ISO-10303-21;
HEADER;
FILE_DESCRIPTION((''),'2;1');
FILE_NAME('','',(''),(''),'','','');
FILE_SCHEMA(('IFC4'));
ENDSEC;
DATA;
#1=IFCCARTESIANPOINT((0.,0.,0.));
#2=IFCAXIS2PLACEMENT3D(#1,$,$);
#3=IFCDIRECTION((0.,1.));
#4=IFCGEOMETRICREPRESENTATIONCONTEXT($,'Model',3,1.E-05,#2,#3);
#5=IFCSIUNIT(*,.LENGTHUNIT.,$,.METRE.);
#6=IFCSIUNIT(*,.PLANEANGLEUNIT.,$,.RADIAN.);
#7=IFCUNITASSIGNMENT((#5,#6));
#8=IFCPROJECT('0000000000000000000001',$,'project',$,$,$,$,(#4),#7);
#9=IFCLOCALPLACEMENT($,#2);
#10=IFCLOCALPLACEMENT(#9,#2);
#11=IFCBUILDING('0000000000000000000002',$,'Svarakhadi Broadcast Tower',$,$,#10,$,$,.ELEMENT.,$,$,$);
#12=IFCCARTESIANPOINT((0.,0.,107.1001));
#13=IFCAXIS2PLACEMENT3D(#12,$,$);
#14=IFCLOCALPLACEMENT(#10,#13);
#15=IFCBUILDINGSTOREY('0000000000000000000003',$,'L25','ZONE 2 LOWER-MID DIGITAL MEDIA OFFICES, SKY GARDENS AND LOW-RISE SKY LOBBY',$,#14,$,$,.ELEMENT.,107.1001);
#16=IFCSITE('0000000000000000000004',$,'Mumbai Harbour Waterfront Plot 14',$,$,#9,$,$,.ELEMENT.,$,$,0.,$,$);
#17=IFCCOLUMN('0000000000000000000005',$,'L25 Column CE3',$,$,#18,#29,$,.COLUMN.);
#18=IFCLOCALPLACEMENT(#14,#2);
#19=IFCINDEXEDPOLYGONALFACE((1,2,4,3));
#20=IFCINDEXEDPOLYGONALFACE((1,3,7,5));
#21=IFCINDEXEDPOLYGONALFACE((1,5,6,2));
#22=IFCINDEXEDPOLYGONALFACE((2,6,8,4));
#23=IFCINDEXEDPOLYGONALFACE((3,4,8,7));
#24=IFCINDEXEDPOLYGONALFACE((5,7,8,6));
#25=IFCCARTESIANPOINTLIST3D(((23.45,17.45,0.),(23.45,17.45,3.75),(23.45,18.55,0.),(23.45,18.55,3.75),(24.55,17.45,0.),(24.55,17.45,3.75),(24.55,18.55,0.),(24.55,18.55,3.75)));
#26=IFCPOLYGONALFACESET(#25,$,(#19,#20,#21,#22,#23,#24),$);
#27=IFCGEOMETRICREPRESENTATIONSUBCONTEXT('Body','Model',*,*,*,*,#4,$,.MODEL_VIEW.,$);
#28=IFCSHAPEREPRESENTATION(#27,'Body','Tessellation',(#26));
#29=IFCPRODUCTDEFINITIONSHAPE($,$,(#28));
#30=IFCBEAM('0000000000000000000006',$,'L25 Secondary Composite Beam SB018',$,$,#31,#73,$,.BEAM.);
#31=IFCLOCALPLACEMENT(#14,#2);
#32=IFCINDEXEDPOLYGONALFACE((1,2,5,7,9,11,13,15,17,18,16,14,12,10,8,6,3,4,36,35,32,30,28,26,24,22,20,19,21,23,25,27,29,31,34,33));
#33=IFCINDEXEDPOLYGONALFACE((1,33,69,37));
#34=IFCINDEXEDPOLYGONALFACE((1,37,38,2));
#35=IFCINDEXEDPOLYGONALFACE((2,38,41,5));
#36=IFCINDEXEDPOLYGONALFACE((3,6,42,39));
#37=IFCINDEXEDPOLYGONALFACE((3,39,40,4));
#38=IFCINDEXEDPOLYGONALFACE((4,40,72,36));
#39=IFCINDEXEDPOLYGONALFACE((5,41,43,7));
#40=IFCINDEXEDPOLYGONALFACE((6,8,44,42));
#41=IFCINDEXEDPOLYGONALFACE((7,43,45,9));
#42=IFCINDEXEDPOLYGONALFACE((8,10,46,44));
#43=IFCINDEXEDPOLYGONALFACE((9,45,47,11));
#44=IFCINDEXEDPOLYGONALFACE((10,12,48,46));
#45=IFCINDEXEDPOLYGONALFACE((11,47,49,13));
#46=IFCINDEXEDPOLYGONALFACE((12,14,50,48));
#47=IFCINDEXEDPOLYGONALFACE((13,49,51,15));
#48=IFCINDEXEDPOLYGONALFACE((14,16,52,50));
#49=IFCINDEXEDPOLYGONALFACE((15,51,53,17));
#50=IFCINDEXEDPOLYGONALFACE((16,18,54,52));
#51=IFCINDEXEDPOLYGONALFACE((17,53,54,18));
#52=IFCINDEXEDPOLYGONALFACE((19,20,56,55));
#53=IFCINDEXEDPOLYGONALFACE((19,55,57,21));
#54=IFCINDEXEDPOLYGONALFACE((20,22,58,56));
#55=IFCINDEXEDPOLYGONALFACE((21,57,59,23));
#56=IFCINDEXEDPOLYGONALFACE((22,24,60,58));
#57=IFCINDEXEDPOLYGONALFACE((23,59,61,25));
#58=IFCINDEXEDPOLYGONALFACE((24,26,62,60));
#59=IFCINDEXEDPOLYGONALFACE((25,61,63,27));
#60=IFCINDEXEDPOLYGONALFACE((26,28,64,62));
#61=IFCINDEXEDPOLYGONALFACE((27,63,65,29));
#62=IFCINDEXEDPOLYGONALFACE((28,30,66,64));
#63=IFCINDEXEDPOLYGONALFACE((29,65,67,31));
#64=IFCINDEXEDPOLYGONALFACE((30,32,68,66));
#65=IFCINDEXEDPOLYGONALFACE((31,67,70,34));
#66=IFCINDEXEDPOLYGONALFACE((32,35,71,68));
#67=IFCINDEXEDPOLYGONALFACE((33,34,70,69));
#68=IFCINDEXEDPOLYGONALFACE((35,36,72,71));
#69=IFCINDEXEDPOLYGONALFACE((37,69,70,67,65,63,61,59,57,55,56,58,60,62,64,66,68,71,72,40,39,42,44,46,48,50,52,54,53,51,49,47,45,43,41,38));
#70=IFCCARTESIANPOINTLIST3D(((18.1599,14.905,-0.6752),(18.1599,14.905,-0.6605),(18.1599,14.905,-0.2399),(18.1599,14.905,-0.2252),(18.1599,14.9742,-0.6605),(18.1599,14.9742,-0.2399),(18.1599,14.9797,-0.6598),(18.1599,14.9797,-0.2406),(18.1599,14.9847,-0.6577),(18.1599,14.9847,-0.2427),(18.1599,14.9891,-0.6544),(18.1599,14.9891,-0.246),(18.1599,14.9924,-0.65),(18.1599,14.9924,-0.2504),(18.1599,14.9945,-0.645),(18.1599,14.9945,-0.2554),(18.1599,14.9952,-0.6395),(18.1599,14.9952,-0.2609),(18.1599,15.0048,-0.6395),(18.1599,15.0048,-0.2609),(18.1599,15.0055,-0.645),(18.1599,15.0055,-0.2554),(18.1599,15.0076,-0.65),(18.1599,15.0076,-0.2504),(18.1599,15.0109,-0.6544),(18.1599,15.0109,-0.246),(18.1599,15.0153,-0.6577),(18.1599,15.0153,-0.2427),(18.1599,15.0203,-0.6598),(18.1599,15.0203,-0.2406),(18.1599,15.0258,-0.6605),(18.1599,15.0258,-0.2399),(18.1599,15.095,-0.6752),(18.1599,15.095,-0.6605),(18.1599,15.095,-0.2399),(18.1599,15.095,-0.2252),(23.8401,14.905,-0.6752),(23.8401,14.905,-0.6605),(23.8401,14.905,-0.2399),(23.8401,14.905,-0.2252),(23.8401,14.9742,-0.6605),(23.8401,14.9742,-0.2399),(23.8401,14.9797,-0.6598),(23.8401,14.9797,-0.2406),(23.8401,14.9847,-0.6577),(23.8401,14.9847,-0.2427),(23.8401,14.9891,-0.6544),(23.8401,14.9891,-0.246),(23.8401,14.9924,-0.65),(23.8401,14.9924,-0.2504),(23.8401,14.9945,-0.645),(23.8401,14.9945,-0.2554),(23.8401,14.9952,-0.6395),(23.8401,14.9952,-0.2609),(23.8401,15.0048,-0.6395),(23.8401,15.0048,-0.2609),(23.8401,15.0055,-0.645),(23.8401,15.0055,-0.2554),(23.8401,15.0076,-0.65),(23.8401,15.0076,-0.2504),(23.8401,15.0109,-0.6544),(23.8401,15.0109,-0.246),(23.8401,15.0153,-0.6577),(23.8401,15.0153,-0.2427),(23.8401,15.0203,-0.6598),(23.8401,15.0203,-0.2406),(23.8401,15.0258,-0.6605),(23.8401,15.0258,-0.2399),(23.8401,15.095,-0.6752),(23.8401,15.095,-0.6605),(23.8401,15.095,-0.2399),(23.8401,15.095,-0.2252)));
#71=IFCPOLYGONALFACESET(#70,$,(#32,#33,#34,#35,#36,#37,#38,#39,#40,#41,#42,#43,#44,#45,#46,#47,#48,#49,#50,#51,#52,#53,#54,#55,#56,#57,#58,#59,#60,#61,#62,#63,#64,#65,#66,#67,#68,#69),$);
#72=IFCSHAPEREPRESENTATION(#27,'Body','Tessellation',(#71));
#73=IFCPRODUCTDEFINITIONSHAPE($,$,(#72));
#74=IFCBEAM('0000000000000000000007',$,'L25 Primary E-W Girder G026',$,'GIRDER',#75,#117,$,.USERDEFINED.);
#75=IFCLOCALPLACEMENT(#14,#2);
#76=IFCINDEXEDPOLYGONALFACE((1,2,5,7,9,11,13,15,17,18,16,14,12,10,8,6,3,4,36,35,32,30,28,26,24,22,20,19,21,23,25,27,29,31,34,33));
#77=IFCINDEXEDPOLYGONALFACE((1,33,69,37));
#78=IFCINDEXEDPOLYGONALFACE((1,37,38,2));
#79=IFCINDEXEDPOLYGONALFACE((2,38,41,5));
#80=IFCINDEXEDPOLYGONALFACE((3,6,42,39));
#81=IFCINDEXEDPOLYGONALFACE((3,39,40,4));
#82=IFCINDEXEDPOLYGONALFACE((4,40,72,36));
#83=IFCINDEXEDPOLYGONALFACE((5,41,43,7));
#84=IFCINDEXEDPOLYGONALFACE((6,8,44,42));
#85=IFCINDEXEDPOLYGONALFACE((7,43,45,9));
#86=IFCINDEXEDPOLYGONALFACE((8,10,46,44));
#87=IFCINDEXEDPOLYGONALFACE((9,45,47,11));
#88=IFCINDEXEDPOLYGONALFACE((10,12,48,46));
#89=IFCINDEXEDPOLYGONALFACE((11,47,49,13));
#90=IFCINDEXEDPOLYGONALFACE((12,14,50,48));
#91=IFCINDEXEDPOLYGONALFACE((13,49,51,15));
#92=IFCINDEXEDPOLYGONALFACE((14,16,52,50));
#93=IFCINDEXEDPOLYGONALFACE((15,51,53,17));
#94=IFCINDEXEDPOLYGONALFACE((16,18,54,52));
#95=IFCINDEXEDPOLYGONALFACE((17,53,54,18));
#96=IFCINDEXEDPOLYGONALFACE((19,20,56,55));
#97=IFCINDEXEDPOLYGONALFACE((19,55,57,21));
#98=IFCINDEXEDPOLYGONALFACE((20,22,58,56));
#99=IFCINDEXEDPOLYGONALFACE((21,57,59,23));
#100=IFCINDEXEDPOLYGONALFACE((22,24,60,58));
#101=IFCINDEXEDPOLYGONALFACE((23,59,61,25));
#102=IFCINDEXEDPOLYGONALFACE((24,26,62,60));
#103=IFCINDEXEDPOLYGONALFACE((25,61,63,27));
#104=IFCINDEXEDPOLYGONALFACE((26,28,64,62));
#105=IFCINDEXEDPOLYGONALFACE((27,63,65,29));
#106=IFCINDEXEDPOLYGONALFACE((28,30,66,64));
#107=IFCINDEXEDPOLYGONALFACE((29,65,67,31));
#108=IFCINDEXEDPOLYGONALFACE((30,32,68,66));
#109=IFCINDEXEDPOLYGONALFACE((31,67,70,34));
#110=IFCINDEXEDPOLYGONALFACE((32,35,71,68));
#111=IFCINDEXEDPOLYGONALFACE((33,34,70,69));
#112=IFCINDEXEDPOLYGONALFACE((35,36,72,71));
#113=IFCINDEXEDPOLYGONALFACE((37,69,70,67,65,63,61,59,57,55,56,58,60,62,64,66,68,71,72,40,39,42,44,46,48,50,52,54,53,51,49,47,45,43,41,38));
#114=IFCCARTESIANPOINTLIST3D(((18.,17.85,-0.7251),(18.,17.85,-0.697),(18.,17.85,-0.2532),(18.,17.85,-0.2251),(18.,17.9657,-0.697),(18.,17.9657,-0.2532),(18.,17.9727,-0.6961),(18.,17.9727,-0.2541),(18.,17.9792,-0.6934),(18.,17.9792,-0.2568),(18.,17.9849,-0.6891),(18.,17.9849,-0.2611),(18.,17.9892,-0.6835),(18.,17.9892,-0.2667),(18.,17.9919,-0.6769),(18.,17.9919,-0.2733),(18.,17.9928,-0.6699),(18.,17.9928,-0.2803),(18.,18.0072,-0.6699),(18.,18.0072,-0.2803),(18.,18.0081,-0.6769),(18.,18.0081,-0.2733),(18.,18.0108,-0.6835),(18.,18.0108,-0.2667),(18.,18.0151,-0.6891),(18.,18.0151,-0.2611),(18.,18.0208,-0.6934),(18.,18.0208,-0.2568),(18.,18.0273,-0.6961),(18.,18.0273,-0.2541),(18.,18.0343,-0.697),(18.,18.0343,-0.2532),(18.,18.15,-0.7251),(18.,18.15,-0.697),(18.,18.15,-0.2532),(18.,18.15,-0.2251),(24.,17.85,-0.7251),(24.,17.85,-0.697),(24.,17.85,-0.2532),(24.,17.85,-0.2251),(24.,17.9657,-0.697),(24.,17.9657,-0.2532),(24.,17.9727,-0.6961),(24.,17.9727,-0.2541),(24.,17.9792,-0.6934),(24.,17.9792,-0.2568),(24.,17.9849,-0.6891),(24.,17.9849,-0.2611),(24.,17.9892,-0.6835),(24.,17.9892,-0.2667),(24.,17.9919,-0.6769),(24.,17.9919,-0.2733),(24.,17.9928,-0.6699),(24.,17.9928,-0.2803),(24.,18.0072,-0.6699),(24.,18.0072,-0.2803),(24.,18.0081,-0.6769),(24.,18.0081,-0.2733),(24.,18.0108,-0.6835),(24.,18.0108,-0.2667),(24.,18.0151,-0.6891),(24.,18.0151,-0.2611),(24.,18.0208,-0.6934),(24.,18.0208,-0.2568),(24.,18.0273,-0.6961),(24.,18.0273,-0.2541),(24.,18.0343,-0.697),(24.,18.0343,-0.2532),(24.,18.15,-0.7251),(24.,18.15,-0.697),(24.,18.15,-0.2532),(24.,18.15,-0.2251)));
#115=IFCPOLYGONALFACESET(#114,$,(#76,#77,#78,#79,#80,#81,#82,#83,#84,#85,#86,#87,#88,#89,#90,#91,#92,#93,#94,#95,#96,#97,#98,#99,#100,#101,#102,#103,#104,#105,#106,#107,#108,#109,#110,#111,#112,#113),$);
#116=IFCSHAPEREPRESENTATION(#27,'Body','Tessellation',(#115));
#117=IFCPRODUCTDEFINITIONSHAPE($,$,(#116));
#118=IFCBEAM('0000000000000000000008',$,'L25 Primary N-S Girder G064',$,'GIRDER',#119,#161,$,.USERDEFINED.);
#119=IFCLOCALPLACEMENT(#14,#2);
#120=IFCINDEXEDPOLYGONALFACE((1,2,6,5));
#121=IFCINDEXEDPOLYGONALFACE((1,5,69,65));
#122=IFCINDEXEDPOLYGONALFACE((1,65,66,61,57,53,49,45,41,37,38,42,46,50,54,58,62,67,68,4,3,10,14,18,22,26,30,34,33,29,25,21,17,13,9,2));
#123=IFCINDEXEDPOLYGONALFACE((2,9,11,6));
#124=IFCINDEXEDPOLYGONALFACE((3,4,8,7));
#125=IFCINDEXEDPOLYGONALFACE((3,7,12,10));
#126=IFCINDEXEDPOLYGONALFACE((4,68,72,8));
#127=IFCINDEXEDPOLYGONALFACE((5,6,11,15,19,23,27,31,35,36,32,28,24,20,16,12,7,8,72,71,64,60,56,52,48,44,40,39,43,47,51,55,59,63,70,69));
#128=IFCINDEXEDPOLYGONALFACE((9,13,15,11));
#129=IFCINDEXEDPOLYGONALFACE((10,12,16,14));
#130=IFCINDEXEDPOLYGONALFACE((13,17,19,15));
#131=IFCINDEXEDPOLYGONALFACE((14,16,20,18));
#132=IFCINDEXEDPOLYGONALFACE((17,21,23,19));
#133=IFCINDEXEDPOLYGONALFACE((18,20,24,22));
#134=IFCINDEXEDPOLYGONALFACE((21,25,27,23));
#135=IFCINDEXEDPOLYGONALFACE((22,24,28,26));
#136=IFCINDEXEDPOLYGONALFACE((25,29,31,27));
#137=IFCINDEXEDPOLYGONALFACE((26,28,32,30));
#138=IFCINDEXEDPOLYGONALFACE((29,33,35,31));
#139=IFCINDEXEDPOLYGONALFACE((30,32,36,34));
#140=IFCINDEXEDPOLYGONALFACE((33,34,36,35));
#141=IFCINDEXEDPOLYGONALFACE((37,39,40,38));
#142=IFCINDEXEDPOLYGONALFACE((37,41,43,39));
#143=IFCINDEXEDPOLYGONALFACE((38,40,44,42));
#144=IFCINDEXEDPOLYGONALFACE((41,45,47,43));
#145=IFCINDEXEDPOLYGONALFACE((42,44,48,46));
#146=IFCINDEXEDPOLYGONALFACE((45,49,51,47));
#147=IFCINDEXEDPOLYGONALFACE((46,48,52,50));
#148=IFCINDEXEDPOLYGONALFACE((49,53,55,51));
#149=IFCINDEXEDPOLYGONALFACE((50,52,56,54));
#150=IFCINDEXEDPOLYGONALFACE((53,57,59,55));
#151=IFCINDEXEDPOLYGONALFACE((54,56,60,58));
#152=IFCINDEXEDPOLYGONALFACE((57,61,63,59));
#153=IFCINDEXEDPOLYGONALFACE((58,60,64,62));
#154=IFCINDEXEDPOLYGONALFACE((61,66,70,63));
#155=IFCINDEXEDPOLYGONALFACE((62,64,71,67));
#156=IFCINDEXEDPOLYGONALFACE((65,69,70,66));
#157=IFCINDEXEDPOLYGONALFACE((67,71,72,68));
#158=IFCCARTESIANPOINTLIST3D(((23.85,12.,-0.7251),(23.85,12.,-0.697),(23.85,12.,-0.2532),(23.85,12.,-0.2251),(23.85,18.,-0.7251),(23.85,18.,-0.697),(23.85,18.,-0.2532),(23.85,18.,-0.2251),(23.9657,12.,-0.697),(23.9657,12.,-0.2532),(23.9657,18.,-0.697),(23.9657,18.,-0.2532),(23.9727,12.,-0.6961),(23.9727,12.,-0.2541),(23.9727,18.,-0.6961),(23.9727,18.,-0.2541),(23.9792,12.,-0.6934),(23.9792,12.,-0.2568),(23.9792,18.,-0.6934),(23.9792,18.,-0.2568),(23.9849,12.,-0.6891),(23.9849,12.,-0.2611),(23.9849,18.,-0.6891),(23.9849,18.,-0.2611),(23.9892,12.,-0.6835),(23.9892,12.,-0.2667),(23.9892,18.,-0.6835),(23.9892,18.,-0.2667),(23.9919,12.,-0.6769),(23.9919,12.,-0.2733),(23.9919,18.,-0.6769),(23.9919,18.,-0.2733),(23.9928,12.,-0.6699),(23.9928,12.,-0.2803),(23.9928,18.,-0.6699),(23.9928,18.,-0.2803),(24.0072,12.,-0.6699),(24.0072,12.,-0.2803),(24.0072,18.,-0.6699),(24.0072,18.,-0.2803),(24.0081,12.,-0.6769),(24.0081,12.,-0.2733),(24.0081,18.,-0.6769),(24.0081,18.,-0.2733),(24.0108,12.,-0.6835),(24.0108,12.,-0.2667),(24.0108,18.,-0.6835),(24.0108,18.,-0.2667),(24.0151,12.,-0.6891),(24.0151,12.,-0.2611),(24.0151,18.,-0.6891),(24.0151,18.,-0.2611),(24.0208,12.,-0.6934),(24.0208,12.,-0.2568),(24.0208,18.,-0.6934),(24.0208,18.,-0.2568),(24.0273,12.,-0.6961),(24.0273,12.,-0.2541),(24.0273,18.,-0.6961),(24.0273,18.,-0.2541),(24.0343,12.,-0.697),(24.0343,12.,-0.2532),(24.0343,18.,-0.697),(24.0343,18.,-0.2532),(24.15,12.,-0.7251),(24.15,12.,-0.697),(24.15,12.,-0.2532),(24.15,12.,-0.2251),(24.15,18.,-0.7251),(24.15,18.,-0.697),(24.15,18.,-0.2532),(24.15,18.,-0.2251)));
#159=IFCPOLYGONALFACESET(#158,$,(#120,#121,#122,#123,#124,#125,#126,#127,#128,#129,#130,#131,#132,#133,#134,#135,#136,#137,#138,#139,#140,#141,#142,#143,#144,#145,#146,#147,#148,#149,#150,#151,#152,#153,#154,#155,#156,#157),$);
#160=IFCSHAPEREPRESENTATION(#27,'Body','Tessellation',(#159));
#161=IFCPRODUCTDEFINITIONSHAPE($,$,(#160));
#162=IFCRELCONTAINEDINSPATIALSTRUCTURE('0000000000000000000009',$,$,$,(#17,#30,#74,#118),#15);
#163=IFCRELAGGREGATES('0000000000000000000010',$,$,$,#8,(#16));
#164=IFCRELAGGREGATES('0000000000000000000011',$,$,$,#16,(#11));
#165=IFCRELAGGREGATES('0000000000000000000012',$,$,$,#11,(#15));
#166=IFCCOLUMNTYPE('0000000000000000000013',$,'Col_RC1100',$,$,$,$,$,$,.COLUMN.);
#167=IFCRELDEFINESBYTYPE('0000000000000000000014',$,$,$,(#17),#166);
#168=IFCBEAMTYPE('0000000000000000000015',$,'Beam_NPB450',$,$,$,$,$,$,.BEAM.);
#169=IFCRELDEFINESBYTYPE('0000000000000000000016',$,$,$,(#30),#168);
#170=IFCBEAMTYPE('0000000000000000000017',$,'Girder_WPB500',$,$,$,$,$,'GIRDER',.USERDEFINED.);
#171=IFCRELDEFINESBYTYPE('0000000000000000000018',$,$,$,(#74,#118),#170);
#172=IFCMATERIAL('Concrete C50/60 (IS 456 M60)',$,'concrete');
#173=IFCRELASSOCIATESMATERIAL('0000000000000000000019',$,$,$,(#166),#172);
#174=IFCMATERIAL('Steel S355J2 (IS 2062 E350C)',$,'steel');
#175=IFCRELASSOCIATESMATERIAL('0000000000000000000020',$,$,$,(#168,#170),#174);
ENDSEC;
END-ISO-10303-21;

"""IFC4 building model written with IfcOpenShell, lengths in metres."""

from ifc_helpers import new_model, si_unit, direction, frame, origin, origin_2d, place, context, subcontext, project, spatial, rectangle, i_section, extrude, material, material_profile, profile_set, type_object, element, save


model = new_model("IFC4")

# Units and contexts
model_context = context("Model", 3, precision=1e-05, world=origin(), true_north=direction((0.0, 1.0)))
body_context = subcontext(model_context, "Body", "Model", "MODEL_VIEW")
ifc_project = project(units=[si_unit("LENGTHUNIT", "METRE"), si_unit("PLANEANGLEUNIT", "RADIAN")], contexts=[model_context])

# Site, building, storey
site_placement = place(None, origin())
site = spatial("IfcSite", under=ifc_project, at=site_placement, Name="Mumbai Harbour Waterfront Plot 14", CompositionType="ELEMENT", RefElevation=0.0)
building_placement = place(site_placement, origin())
building = spatial("IfcBuilding", under=site, at=building_placement, Name="Svarakhadi Broadcast Tower", CompositionType="ELEMENT")
storey_placement = place(building_placement, frame((0.0, 0.0, 107.1001)))
storey = spatial("IfcBuildingStorey", under=building, at=storey_placement, Name="L25", Description="ZONE 2 LOWER-MID DIGITAL MEDIA OFFICES, SKY GARDENS AND LOW-RISE SKY LOBBY", CompositionType="ELEMENT", Elevation=107.1001)

# Column
ifc_material_1 = material(Name="Concrete C50/60 (IS 456 M60)", Category="concrete")
ifc_material_profile_1 = material_profile(ifc_material_1, rectangle(XDim=1.1001, YDim=1.1001, at=origin_2d()), Name="RC 1100x1100")
ifc_profile_set_1 = profile_set([ifc_material_profile_1], Name="Concrete C50/60 (IS 456 M60)")
column_type = type_object("IfcColumnType", Name="Col_RC1100", PredefinedType="COLUMN", material=ifc_profile_set_1)
column_placement = place(storey_placement, frame((24.0, 18.0, 0.0), z_axis=(0.0, 0.0, 1.0), x_axis=(1.0, 0.0, 0.0)))
element("IfcColumn", 1, at=column_placement, inside=storey, type_object=column_type, Name="L25 Column CE3", PredefinedType="COLUMN", context=body_context, shape_type="SweptSolid", body=[
    extrude(rectangle(XDim=1.1001, YDim=1.1001, at=origin_2d()), origin(), (0.0, 0.0, 1.0), 3.75),
])

# Beams
ifc_material_2 = material(Name="Steel S355J2 (IS 2062 E350C)", Category="steel")
ifc_material_profile_2 = material_profile(ifc_material_2, i_section(OverallWidth=0.1899, OverallDepth=0.45, WebThickness=0.0095, FlangeThickness=0.0146, FilletRadius=0.021, at=origin_2d()), Name="NPB 450x190x78")
ifc_profile_set_2 = profile_set([ifc_material_profile_2], Name="Steel S355J2 (IS 2062 E350C)")
beam_type_1 = type_object("IfcBeamType", Name="Beam_NPB450", PredefinedType="BEAM", material=ifc_profile_set_2)
beam_placement = place(storey_placement, frame((18.1599, 15.0, -0.4502), z_axis=(1.0, 0.0, 0.0), x_axis=(0.0, 1.0, 0.0)))
element("IfcBeam", 2, at=beam_placement, inside=storey, type_object=beam_type_1, Name="L25 Secondary Composite Beam SB018", PredefinedType="BEAM", context=body_context, shape_type="SweptSolid", body=[
    extrude(i_section(OverallWidth=0.1899, OverallDepth=0.45, WebThickness=0.0095, FlangeThickness=0.0146, FilletRadius=0.021, at=origin_2d()), origin(), (0.0, 0.0, 1.0), 5.6802),
])
ifc_material_profile_3 = material_profile(ifc_material_2, i_section(OverallWidth=0.3, OverallDepth=0.5, WebThickness=0.0144, FlangeThickness=0.0281, FilletRadius=0.0271, at=origin_2d()), Name="WPB 500x300x187")
ifc_profile_set_3 = profile_set([ifc_material_profile_3], Name="Steel S355J2 (IS 2062 E350C)")
beam_type_2 = type_object("IfcBeamType", Name="Girder_WPB500", ElementType="GIRDER", PredefinedType="USERDEFINED", material=ifc_profile_set_3)
for number, where, z_axis, x_axis, name in (
    (3, (18.0, 18.0, -0.4751), (1.0, 0.0, 0.0), (0.0, 1.0, 0.0), "L25 Primary E-W Girder G026"),
    (4, (24.0, 12.0, -0.4751), (0.0, 1.0, 0.0), (-1.0, 0.0, 0.0), "L25 Primary N-S Girder G064"),
):
    element("IfcBeam", number, at=place(storey_placement, frame(where, z_axis=z_axis, x_axis=x_axis)), inside=storey, type_object=beam_type_2, Name=name, ObjectType="GIRDER", PredefinedType="USERDEFINED", context=body_context, shape_type="SweptSolid", body=[
        extrude(i_section(OverallWidth=0.3, OverallDepth=0.5, WebThickness=0.0144, FlangeThickness=0.0281, FilletRadius=0.0271, at=origin_2d()), origin(), (0.0, 0.0, 1.0), 6.0),
    ])

save(model, "model.ifc")
